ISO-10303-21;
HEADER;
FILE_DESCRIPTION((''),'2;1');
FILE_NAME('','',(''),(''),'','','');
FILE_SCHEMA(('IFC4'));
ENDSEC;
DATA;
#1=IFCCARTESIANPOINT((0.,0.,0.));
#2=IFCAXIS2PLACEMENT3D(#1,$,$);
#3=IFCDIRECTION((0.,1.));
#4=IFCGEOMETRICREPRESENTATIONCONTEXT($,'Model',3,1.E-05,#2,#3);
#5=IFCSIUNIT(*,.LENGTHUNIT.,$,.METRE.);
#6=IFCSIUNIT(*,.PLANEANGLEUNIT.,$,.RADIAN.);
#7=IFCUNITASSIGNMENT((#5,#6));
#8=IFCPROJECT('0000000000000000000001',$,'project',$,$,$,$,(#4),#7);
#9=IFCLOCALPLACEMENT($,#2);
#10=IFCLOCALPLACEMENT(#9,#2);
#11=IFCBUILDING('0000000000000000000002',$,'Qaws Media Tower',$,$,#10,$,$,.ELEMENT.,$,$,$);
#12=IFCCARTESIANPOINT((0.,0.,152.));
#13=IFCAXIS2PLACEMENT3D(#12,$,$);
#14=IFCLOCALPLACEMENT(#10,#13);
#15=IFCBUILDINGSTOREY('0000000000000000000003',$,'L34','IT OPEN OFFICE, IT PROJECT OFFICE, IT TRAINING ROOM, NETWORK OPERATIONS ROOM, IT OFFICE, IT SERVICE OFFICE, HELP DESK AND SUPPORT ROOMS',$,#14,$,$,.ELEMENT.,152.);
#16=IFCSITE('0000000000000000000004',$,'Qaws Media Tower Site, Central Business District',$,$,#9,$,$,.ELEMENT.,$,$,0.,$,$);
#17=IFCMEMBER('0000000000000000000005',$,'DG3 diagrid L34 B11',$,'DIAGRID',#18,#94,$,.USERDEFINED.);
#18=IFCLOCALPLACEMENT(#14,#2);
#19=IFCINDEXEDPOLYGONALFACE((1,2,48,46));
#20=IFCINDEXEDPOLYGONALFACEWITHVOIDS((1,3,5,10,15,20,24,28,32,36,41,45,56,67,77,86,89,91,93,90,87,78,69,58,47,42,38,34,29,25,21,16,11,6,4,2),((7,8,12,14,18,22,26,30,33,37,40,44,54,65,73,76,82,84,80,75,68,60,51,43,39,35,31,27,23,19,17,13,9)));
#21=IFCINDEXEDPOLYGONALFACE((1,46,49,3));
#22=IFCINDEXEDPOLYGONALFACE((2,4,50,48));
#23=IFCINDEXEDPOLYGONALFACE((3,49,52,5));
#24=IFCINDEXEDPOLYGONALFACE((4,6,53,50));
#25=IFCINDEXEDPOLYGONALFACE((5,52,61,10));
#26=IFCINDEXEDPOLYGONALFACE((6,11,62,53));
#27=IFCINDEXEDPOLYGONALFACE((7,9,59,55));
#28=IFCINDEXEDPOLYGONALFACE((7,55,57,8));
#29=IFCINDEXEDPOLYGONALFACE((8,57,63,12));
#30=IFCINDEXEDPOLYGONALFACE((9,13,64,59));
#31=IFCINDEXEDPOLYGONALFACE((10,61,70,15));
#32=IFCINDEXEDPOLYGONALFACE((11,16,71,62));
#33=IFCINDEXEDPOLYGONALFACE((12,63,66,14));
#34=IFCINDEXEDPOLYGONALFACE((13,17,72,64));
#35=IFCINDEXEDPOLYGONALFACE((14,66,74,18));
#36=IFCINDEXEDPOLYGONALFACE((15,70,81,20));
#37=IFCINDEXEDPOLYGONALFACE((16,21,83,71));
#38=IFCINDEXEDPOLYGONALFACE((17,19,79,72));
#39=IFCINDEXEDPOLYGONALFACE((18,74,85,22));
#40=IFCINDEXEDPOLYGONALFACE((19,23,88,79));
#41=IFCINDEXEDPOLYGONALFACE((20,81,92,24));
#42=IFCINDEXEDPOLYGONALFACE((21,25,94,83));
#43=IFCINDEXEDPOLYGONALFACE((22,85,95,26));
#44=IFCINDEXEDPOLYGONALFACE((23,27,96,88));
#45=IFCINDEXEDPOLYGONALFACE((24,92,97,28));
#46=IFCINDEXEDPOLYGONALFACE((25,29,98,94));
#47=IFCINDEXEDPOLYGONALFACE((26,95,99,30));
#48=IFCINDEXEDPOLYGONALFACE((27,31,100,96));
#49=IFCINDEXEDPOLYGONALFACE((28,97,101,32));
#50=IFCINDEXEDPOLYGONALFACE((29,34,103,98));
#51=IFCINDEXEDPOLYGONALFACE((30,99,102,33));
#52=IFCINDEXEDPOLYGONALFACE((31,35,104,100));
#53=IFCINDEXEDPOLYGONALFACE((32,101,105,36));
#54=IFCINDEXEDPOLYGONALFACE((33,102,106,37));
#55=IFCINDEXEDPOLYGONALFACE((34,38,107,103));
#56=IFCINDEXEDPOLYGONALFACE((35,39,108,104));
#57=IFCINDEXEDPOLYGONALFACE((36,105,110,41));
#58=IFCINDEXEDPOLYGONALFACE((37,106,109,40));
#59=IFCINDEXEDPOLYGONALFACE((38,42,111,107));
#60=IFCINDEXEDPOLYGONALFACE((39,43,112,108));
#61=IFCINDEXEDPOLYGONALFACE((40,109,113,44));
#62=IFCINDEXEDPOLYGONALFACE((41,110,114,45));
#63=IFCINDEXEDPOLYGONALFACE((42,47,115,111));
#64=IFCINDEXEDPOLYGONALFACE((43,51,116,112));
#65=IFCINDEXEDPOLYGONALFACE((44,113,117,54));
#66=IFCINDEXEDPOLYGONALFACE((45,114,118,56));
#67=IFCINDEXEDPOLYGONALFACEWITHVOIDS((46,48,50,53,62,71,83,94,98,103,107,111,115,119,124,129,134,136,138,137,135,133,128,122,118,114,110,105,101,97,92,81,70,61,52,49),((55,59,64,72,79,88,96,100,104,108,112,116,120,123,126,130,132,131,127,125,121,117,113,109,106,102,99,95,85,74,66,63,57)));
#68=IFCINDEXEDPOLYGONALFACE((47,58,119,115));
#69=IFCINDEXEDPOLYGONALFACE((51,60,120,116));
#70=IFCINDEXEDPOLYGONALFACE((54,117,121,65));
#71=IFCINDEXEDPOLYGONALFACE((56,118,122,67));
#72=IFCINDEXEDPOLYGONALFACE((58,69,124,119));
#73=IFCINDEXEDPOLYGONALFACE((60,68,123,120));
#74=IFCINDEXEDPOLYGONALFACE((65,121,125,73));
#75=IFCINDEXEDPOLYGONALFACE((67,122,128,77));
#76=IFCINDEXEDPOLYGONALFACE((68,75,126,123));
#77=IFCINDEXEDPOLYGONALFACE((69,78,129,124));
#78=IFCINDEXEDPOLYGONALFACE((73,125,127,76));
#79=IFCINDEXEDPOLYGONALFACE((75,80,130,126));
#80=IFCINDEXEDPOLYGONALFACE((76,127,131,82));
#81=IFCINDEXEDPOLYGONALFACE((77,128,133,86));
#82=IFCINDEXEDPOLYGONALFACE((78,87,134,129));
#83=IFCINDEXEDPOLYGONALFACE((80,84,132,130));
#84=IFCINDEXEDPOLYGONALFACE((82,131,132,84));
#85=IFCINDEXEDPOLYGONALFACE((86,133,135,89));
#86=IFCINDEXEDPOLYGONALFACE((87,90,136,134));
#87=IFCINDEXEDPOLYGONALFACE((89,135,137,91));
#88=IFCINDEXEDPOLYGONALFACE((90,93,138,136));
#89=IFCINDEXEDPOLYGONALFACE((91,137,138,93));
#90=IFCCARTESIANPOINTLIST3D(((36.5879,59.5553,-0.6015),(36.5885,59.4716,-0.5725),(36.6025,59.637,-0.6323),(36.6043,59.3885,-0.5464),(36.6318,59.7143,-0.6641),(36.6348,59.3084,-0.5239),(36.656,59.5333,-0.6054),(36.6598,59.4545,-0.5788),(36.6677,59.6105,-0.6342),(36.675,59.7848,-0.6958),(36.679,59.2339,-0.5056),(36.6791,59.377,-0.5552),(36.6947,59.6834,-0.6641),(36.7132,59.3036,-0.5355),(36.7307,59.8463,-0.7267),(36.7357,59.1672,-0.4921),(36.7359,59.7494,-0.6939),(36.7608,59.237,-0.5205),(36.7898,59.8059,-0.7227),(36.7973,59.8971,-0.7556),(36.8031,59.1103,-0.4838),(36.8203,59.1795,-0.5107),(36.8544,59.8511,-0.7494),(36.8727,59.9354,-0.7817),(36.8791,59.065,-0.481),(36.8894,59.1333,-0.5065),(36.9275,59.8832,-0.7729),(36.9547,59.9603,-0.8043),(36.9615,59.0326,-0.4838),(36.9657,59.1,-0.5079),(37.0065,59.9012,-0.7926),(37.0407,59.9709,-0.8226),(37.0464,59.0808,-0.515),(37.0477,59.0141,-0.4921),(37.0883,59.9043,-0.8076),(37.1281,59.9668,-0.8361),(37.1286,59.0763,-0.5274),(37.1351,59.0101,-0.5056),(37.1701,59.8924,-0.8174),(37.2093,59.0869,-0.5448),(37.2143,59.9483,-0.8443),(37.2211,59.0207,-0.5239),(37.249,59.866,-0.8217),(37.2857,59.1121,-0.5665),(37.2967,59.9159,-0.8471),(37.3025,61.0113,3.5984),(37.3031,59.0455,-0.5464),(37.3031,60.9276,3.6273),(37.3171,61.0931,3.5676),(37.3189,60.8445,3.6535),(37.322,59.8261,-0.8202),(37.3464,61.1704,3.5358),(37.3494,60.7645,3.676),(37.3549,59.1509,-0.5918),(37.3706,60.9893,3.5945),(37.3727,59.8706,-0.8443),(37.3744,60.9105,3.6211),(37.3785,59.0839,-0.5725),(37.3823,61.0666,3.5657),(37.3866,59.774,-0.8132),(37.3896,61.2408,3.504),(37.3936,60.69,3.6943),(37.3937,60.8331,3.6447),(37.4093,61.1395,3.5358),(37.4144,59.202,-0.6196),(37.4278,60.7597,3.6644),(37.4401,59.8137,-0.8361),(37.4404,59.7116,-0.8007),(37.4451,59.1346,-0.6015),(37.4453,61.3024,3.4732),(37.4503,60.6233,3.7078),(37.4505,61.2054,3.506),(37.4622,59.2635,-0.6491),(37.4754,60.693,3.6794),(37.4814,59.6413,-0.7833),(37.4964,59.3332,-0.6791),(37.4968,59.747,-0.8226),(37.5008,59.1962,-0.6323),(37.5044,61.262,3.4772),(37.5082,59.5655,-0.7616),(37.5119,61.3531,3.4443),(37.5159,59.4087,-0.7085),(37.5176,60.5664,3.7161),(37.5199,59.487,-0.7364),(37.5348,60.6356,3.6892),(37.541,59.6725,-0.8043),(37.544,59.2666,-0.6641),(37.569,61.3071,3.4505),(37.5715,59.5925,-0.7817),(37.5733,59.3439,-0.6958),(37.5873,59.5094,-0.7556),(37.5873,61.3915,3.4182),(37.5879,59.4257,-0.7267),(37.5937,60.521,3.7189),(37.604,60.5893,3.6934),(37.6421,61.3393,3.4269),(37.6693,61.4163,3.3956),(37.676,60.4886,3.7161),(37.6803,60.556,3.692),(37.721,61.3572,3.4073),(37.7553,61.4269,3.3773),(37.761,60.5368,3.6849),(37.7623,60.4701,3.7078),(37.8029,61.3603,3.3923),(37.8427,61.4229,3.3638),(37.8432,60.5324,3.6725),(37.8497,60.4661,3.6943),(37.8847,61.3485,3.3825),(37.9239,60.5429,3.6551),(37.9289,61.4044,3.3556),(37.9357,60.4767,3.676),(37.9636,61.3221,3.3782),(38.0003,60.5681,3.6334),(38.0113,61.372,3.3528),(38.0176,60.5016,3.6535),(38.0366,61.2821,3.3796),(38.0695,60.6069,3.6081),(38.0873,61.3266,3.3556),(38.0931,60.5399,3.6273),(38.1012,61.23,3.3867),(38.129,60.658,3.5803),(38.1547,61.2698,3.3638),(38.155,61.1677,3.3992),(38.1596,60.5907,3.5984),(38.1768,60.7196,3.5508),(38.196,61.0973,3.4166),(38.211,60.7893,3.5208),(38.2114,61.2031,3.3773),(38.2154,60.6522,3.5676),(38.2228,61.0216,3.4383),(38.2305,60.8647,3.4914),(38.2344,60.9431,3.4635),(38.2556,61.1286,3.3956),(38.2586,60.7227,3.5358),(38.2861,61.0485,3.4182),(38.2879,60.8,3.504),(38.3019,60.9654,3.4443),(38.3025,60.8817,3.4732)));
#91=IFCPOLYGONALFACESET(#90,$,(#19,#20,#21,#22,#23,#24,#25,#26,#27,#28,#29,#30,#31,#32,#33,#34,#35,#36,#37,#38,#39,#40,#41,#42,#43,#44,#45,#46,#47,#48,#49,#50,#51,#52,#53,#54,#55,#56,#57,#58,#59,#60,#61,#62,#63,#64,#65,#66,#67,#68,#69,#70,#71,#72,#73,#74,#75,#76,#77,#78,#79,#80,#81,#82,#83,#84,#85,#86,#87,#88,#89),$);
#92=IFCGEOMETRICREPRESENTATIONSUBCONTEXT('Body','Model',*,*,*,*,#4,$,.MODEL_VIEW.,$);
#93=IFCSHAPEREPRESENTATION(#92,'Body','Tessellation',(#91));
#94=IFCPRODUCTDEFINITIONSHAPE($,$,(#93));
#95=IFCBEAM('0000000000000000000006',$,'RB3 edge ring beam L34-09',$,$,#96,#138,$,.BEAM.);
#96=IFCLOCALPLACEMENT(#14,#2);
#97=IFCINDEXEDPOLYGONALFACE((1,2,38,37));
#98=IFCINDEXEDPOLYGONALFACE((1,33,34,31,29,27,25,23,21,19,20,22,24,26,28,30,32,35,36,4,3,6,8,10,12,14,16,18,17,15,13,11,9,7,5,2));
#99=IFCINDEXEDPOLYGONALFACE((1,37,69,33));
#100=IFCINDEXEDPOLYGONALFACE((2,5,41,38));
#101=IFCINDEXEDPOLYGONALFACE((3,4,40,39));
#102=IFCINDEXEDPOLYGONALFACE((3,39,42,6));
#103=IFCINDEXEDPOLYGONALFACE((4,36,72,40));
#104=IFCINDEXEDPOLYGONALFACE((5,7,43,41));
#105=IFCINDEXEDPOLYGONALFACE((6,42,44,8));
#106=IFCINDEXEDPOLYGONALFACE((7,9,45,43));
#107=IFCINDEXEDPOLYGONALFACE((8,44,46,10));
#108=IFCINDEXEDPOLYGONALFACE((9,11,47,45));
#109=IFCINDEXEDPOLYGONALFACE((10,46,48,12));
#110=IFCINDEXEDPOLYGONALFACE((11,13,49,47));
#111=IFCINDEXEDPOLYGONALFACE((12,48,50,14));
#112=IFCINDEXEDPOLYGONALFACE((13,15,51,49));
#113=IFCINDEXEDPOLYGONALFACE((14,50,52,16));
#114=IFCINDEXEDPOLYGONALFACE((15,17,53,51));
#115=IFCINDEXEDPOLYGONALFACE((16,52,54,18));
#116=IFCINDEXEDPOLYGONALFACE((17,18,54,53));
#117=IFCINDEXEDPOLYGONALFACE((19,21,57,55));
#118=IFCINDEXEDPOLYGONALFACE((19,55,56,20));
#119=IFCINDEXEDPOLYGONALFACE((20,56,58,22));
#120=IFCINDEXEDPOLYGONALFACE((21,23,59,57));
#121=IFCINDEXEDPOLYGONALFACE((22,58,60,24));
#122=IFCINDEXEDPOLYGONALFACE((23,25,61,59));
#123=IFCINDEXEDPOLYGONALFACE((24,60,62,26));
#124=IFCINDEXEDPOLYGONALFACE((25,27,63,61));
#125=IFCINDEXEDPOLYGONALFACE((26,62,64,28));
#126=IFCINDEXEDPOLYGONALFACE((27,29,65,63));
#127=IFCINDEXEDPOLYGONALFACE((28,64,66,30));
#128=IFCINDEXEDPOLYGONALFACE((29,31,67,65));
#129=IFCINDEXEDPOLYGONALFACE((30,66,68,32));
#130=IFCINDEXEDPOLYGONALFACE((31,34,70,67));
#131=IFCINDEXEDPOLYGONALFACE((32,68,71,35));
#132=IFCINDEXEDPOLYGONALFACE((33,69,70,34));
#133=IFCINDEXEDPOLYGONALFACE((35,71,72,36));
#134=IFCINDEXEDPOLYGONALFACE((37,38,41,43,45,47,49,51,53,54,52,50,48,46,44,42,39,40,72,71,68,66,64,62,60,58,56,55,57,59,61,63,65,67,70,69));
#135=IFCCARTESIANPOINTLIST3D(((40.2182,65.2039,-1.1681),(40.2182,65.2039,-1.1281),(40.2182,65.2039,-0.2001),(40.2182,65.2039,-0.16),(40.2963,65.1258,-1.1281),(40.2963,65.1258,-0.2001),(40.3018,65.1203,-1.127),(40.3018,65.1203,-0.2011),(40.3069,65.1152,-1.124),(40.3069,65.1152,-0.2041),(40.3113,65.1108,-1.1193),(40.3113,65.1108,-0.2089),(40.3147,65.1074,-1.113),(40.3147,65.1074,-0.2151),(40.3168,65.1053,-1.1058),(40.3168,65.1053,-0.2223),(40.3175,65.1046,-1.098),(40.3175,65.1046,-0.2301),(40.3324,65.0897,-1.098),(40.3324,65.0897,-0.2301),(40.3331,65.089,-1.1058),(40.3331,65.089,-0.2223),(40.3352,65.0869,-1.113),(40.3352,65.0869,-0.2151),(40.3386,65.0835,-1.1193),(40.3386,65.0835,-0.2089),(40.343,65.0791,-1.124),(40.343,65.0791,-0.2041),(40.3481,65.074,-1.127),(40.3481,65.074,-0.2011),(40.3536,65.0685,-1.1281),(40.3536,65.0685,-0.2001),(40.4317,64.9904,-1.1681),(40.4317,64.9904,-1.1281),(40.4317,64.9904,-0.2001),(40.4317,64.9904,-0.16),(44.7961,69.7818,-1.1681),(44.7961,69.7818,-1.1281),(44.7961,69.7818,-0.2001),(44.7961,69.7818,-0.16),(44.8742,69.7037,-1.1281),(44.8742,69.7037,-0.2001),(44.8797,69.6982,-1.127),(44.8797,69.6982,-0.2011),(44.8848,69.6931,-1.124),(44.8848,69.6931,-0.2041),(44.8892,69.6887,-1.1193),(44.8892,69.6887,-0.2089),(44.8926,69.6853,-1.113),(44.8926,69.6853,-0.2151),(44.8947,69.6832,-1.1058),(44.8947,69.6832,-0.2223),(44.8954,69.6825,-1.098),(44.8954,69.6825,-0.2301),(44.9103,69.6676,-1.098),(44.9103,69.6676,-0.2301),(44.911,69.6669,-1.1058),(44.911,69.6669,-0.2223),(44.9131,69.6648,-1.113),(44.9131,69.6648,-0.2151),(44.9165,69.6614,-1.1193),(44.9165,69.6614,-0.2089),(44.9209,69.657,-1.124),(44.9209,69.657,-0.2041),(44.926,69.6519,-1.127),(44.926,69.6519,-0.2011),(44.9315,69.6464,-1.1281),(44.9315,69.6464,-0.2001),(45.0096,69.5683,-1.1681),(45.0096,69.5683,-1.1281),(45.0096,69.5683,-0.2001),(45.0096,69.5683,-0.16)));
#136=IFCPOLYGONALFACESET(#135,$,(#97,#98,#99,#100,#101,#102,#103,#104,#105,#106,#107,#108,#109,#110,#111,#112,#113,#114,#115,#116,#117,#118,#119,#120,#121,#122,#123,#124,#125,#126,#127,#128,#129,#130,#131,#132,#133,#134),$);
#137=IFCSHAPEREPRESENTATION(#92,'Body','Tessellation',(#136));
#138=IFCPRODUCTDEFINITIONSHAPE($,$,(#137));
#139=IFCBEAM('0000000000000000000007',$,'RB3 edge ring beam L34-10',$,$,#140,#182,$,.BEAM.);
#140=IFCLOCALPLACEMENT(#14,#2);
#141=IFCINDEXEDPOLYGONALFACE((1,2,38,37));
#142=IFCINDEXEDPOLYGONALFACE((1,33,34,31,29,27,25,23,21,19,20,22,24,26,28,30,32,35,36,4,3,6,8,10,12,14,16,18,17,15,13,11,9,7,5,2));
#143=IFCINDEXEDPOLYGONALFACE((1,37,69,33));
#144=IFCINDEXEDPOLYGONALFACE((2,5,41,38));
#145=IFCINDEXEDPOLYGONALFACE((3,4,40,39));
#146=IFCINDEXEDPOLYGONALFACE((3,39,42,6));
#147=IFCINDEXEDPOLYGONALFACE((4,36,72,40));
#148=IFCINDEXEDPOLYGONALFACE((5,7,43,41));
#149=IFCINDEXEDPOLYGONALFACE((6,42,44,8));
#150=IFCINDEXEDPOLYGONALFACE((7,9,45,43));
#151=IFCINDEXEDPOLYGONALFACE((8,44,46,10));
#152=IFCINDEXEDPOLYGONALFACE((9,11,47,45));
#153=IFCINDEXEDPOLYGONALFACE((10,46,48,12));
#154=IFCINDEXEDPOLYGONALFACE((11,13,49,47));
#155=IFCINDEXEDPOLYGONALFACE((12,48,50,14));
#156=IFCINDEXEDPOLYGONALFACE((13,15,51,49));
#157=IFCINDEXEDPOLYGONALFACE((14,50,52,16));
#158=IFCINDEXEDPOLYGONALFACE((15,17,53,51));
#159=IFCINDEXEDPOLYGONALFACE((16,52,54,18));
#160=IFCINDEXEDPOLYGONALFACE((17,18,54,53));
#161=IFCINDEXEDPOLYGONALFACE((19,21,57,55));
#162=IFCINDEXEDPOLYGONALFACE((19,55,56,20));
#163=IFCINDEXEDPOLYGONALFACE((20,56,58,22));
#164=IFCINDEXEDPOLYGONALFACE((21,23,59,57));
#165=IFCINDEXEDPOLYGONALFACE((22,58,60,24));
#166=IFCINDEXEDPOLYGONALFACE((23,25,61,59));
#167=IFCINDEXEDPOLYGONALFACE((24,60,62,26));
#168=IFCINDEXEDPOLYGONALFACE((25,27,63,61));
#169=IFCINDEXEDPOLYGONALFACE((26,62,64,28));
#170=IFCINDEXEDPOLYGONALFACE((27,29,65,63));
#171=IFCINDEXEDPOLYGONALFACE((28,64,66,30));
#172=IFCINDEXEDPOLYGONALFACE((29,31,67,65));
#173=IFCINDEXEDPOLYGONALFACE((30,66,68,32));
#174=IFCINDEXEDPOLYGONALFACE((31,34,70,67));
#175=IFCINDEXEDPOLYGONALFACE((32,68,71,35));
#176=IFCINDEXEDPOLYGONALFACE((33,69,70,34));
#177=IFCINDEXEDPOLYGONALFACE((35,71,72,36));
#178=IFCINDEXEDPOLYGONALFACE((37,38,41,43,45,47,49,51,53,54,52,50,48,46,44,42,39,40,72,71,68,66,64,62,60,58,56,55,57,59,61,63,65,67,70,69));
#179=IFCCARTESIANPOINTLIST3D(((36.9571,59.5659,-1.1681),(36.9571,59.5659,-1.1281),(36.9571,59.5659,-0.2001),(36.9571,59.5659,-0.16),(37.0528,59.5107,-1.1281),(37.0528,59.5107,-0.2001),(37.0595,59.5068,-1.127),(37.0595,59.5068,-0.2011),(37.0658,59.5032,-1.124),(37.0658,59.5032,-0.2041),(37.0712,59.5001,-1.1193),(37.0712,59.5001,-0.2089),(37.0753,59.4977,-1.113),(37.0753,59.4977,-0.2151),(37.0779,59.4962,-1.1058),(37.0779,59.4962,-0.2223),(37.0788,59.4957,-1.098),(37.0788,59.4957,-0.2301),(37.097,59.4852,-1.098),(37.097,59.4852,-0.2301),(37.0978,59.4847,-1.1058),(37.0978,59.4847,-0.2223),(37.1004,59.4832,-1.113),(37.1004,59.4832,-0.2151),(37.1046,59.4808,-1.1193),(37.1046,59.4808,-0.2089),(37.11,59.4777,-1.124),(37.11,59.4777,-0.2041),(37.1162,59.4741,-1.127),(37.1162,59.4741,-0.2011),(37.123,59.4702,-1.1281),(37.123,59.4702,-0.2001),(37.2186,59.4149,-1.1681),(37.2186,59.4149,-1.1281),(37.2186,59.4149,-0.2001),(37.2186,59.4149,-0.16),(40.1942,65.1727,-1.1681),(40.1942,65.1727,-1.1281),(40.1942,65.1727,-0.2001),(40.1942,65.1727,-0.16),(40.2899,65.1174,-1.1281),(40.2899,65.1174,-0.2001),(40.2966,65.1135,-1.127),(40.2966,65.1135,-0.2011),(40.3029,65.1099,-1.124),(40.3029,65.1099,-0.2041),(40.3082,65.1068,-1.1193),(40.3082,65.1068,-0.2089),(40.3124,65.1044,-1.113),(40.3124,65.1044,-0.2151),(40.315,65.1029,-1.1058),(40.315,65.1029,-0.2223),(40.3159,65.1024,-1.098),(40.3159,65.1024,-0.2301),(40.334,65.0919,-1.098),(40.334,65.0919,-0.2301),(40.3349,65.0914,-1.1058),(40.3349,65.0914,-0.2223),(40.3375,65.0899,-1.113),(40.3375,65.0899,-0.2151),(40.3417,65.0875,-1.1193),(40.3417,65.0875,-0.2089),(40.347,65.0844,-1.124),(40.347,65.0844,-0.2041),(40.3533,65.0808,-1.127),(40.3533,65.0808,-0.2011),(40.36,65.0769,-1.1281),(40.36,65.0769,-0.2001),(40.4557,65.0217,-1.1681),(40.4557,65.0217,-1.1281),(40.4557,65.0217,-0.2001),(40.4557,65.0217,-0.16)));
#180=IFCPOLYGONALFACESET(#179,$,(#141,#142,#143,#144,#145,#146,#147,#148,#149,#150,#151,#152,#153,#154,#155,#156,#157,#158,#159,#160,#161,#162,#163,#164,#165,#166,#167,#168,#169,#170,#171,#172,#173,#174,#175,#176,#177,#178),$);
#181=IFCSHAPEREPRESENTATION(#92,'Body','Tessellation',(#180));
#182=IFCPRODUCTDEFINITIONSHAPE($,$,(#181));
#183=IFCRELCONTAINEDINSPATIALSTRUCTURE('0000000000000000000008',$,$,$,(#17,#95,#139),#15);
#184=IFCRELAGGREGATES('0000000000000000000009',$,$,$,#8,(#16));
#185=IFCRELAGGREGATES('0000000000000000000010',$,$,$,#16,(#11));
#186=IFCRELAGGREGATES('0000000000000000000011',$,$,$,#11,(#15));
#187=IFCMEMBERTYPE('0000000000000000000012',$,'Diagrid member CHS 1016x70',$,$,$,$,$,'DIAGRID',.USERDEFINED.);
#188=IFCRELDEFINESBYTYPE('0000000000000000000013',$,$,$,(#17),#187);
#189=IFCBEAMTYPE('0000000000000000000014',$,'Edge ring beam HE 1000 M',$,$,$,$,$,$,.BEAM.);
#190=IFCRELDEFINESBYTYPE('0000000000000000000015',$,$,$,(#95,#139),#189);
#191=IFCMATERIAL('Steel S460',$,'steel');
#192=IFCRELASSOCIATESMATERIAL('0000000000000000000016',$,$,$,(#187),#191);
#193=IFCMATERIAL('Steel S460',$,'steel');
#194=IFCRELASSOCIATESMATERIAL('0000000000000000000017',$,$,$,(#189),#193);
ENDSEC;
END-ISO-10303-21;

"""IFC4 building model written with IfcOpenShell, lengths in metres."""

from ifc_helpers import new_model, si_unit, direction, frame, origin, origin_2d, place, context, subcontext, project, spatial, hollow_circle, i_section, extrude, material, material_profile, profile_set, type_object, element, save


model = new_model("IFC4")

# Units and contexts
model_context = context("Model", 3, precision=1e-05, world=origin(), true_north=direction((0.0, 1.0)))
body_context = subcontext(model_context, "Body", "Model", "MODEL_VIEW")
ifc_project = project(units=[si_unit("LENGTHUNIT", "METRE"), si_unit("PLANEANGLEUNIT", "RADIAN")], contexts=[model_context])

# Site, building, storey
site_placement = place(None, origin())
site = spatial("IfcSite", under=ifc_project, at=site_placement, Name="Qaws Media Tower Site, Central Business District", CompositionType="ELEMENT", RefElevation=0.0)
building_placement = place(site_placement, origin())
building = spatial("IfcBuilding", under=site, at=building_placement, Name="Qaws Media Tower", CompositionType="ELEMENT")
storey_placement = place(building_placement, frame((0.0, 0.0, 152.0)))
storey = spatial("IfcBuildingStorey", under=building, at=storey_placement, Name="L34", Description="IT OPEN OFFICE, IT PROJECT OFFICE, IT TRAINING ROOM, NETWORK OPERATIONS ROOM, IT OFFICE, IT SERVICE OFFICE, HELP DESK AND SUPPORT ROOMS", CompositionType="ELEMENT", Elevation=152.0)

# Member
ifc_material_1 = material(Name="Steel S460", Category="steel")
ifc_material_profile_1 = material_profile(ifc_material_1, hollow_circle(Radius=0.5081, WallThickness=0.0701, at=origin_2d()), Name="CHS 1016x70")
ifc_profile_set_1 = profile_set([ifc_material_profile_1], Name="Steel S460")
member_type_1 = type_object("IfcMemberType", Name="Diagrid member CHS 1016x70", ElementType="DIAGRID", PredefinedType="USERDEFINED", material=ifc_profile_set_1)
for number, where, z_axis, x_axis, name in (
    (1, (37.0879, 59.4905, -0.6641), (0.15872, 0.323405, 0.932854), (-0.897714, 0.440578, 0.0), "DG3 diagrid L34 B11"),
):
    element("IfcMember", number, at=place(storey_placement, frame(where, z_axis=z_axis, x_axis=x_axis)), inside=storey, type_object=member_type_1, Name=name, ObjectType="DIAGRID", PredefinedType="USERDEFINED", context=body_context, shape_type="SweptSolid", body=[
        extrude(hollow_circle(Radius=0.5081, WallThickness=0.0701, at=origin_2d()), origin(), (0.0, 0.0, 1.0), 4.5022),
    ])

# Beams
ifc_material_2 = material(Name="Steel S460", Category="steel")
ifc_material_profile_2 = material_profile(ifc_material_2, i_section(OverallWidth=0.302, OverallDepth=1.0081, WebThickness=0.021, FlangeThickness=0.04, FilletRadius=0.03, at=origin_2d()), Name="HE 1000 M")
ifc_profile_set_2 = profile_set([ifc_material_profile_2], Name="Steel S460")
beam_type = type_object("IfcBeamType", Name="Edge ring beam HE 1000 M", PredefinedType="BEAM", material=ifc_profile_set_2)
for number, where, z_axis, x_axis, name in (
    (2, (44.9028, 69.675, -0.6641), (-0.707107, -0.707107, 0.0), (0.707107, -0.707107, 0.0), "RB3 edge ring beam L34-09"),
    (3, (40.325, 65.0972, -0.6641), (-0.500004, -0.866023, 0.0), (0.866023, -0.500004, 0.0), "RB3 edge ring beam L34-10"),
):
    element("IfcBeam", number, at=place(storey_placement, frame(where, z_axis=z_axis, x_axis=x_axis)), inside=storey, type_object=beam_type, Name=name, PredefinedType="BEAM", context=body_context, shape_type="SweptSolid", body=[
        extrude(i_section(OverallWidth=0.302, OverallDepth=1.0081, WebThickness=0.021, FlangeThickness=0.04, FilletRadius=0.03, at=origin_2d()), origin(), (0.0, 0.0, 1.0), 6.4741),
    ])

save(model, "model.ifc")
